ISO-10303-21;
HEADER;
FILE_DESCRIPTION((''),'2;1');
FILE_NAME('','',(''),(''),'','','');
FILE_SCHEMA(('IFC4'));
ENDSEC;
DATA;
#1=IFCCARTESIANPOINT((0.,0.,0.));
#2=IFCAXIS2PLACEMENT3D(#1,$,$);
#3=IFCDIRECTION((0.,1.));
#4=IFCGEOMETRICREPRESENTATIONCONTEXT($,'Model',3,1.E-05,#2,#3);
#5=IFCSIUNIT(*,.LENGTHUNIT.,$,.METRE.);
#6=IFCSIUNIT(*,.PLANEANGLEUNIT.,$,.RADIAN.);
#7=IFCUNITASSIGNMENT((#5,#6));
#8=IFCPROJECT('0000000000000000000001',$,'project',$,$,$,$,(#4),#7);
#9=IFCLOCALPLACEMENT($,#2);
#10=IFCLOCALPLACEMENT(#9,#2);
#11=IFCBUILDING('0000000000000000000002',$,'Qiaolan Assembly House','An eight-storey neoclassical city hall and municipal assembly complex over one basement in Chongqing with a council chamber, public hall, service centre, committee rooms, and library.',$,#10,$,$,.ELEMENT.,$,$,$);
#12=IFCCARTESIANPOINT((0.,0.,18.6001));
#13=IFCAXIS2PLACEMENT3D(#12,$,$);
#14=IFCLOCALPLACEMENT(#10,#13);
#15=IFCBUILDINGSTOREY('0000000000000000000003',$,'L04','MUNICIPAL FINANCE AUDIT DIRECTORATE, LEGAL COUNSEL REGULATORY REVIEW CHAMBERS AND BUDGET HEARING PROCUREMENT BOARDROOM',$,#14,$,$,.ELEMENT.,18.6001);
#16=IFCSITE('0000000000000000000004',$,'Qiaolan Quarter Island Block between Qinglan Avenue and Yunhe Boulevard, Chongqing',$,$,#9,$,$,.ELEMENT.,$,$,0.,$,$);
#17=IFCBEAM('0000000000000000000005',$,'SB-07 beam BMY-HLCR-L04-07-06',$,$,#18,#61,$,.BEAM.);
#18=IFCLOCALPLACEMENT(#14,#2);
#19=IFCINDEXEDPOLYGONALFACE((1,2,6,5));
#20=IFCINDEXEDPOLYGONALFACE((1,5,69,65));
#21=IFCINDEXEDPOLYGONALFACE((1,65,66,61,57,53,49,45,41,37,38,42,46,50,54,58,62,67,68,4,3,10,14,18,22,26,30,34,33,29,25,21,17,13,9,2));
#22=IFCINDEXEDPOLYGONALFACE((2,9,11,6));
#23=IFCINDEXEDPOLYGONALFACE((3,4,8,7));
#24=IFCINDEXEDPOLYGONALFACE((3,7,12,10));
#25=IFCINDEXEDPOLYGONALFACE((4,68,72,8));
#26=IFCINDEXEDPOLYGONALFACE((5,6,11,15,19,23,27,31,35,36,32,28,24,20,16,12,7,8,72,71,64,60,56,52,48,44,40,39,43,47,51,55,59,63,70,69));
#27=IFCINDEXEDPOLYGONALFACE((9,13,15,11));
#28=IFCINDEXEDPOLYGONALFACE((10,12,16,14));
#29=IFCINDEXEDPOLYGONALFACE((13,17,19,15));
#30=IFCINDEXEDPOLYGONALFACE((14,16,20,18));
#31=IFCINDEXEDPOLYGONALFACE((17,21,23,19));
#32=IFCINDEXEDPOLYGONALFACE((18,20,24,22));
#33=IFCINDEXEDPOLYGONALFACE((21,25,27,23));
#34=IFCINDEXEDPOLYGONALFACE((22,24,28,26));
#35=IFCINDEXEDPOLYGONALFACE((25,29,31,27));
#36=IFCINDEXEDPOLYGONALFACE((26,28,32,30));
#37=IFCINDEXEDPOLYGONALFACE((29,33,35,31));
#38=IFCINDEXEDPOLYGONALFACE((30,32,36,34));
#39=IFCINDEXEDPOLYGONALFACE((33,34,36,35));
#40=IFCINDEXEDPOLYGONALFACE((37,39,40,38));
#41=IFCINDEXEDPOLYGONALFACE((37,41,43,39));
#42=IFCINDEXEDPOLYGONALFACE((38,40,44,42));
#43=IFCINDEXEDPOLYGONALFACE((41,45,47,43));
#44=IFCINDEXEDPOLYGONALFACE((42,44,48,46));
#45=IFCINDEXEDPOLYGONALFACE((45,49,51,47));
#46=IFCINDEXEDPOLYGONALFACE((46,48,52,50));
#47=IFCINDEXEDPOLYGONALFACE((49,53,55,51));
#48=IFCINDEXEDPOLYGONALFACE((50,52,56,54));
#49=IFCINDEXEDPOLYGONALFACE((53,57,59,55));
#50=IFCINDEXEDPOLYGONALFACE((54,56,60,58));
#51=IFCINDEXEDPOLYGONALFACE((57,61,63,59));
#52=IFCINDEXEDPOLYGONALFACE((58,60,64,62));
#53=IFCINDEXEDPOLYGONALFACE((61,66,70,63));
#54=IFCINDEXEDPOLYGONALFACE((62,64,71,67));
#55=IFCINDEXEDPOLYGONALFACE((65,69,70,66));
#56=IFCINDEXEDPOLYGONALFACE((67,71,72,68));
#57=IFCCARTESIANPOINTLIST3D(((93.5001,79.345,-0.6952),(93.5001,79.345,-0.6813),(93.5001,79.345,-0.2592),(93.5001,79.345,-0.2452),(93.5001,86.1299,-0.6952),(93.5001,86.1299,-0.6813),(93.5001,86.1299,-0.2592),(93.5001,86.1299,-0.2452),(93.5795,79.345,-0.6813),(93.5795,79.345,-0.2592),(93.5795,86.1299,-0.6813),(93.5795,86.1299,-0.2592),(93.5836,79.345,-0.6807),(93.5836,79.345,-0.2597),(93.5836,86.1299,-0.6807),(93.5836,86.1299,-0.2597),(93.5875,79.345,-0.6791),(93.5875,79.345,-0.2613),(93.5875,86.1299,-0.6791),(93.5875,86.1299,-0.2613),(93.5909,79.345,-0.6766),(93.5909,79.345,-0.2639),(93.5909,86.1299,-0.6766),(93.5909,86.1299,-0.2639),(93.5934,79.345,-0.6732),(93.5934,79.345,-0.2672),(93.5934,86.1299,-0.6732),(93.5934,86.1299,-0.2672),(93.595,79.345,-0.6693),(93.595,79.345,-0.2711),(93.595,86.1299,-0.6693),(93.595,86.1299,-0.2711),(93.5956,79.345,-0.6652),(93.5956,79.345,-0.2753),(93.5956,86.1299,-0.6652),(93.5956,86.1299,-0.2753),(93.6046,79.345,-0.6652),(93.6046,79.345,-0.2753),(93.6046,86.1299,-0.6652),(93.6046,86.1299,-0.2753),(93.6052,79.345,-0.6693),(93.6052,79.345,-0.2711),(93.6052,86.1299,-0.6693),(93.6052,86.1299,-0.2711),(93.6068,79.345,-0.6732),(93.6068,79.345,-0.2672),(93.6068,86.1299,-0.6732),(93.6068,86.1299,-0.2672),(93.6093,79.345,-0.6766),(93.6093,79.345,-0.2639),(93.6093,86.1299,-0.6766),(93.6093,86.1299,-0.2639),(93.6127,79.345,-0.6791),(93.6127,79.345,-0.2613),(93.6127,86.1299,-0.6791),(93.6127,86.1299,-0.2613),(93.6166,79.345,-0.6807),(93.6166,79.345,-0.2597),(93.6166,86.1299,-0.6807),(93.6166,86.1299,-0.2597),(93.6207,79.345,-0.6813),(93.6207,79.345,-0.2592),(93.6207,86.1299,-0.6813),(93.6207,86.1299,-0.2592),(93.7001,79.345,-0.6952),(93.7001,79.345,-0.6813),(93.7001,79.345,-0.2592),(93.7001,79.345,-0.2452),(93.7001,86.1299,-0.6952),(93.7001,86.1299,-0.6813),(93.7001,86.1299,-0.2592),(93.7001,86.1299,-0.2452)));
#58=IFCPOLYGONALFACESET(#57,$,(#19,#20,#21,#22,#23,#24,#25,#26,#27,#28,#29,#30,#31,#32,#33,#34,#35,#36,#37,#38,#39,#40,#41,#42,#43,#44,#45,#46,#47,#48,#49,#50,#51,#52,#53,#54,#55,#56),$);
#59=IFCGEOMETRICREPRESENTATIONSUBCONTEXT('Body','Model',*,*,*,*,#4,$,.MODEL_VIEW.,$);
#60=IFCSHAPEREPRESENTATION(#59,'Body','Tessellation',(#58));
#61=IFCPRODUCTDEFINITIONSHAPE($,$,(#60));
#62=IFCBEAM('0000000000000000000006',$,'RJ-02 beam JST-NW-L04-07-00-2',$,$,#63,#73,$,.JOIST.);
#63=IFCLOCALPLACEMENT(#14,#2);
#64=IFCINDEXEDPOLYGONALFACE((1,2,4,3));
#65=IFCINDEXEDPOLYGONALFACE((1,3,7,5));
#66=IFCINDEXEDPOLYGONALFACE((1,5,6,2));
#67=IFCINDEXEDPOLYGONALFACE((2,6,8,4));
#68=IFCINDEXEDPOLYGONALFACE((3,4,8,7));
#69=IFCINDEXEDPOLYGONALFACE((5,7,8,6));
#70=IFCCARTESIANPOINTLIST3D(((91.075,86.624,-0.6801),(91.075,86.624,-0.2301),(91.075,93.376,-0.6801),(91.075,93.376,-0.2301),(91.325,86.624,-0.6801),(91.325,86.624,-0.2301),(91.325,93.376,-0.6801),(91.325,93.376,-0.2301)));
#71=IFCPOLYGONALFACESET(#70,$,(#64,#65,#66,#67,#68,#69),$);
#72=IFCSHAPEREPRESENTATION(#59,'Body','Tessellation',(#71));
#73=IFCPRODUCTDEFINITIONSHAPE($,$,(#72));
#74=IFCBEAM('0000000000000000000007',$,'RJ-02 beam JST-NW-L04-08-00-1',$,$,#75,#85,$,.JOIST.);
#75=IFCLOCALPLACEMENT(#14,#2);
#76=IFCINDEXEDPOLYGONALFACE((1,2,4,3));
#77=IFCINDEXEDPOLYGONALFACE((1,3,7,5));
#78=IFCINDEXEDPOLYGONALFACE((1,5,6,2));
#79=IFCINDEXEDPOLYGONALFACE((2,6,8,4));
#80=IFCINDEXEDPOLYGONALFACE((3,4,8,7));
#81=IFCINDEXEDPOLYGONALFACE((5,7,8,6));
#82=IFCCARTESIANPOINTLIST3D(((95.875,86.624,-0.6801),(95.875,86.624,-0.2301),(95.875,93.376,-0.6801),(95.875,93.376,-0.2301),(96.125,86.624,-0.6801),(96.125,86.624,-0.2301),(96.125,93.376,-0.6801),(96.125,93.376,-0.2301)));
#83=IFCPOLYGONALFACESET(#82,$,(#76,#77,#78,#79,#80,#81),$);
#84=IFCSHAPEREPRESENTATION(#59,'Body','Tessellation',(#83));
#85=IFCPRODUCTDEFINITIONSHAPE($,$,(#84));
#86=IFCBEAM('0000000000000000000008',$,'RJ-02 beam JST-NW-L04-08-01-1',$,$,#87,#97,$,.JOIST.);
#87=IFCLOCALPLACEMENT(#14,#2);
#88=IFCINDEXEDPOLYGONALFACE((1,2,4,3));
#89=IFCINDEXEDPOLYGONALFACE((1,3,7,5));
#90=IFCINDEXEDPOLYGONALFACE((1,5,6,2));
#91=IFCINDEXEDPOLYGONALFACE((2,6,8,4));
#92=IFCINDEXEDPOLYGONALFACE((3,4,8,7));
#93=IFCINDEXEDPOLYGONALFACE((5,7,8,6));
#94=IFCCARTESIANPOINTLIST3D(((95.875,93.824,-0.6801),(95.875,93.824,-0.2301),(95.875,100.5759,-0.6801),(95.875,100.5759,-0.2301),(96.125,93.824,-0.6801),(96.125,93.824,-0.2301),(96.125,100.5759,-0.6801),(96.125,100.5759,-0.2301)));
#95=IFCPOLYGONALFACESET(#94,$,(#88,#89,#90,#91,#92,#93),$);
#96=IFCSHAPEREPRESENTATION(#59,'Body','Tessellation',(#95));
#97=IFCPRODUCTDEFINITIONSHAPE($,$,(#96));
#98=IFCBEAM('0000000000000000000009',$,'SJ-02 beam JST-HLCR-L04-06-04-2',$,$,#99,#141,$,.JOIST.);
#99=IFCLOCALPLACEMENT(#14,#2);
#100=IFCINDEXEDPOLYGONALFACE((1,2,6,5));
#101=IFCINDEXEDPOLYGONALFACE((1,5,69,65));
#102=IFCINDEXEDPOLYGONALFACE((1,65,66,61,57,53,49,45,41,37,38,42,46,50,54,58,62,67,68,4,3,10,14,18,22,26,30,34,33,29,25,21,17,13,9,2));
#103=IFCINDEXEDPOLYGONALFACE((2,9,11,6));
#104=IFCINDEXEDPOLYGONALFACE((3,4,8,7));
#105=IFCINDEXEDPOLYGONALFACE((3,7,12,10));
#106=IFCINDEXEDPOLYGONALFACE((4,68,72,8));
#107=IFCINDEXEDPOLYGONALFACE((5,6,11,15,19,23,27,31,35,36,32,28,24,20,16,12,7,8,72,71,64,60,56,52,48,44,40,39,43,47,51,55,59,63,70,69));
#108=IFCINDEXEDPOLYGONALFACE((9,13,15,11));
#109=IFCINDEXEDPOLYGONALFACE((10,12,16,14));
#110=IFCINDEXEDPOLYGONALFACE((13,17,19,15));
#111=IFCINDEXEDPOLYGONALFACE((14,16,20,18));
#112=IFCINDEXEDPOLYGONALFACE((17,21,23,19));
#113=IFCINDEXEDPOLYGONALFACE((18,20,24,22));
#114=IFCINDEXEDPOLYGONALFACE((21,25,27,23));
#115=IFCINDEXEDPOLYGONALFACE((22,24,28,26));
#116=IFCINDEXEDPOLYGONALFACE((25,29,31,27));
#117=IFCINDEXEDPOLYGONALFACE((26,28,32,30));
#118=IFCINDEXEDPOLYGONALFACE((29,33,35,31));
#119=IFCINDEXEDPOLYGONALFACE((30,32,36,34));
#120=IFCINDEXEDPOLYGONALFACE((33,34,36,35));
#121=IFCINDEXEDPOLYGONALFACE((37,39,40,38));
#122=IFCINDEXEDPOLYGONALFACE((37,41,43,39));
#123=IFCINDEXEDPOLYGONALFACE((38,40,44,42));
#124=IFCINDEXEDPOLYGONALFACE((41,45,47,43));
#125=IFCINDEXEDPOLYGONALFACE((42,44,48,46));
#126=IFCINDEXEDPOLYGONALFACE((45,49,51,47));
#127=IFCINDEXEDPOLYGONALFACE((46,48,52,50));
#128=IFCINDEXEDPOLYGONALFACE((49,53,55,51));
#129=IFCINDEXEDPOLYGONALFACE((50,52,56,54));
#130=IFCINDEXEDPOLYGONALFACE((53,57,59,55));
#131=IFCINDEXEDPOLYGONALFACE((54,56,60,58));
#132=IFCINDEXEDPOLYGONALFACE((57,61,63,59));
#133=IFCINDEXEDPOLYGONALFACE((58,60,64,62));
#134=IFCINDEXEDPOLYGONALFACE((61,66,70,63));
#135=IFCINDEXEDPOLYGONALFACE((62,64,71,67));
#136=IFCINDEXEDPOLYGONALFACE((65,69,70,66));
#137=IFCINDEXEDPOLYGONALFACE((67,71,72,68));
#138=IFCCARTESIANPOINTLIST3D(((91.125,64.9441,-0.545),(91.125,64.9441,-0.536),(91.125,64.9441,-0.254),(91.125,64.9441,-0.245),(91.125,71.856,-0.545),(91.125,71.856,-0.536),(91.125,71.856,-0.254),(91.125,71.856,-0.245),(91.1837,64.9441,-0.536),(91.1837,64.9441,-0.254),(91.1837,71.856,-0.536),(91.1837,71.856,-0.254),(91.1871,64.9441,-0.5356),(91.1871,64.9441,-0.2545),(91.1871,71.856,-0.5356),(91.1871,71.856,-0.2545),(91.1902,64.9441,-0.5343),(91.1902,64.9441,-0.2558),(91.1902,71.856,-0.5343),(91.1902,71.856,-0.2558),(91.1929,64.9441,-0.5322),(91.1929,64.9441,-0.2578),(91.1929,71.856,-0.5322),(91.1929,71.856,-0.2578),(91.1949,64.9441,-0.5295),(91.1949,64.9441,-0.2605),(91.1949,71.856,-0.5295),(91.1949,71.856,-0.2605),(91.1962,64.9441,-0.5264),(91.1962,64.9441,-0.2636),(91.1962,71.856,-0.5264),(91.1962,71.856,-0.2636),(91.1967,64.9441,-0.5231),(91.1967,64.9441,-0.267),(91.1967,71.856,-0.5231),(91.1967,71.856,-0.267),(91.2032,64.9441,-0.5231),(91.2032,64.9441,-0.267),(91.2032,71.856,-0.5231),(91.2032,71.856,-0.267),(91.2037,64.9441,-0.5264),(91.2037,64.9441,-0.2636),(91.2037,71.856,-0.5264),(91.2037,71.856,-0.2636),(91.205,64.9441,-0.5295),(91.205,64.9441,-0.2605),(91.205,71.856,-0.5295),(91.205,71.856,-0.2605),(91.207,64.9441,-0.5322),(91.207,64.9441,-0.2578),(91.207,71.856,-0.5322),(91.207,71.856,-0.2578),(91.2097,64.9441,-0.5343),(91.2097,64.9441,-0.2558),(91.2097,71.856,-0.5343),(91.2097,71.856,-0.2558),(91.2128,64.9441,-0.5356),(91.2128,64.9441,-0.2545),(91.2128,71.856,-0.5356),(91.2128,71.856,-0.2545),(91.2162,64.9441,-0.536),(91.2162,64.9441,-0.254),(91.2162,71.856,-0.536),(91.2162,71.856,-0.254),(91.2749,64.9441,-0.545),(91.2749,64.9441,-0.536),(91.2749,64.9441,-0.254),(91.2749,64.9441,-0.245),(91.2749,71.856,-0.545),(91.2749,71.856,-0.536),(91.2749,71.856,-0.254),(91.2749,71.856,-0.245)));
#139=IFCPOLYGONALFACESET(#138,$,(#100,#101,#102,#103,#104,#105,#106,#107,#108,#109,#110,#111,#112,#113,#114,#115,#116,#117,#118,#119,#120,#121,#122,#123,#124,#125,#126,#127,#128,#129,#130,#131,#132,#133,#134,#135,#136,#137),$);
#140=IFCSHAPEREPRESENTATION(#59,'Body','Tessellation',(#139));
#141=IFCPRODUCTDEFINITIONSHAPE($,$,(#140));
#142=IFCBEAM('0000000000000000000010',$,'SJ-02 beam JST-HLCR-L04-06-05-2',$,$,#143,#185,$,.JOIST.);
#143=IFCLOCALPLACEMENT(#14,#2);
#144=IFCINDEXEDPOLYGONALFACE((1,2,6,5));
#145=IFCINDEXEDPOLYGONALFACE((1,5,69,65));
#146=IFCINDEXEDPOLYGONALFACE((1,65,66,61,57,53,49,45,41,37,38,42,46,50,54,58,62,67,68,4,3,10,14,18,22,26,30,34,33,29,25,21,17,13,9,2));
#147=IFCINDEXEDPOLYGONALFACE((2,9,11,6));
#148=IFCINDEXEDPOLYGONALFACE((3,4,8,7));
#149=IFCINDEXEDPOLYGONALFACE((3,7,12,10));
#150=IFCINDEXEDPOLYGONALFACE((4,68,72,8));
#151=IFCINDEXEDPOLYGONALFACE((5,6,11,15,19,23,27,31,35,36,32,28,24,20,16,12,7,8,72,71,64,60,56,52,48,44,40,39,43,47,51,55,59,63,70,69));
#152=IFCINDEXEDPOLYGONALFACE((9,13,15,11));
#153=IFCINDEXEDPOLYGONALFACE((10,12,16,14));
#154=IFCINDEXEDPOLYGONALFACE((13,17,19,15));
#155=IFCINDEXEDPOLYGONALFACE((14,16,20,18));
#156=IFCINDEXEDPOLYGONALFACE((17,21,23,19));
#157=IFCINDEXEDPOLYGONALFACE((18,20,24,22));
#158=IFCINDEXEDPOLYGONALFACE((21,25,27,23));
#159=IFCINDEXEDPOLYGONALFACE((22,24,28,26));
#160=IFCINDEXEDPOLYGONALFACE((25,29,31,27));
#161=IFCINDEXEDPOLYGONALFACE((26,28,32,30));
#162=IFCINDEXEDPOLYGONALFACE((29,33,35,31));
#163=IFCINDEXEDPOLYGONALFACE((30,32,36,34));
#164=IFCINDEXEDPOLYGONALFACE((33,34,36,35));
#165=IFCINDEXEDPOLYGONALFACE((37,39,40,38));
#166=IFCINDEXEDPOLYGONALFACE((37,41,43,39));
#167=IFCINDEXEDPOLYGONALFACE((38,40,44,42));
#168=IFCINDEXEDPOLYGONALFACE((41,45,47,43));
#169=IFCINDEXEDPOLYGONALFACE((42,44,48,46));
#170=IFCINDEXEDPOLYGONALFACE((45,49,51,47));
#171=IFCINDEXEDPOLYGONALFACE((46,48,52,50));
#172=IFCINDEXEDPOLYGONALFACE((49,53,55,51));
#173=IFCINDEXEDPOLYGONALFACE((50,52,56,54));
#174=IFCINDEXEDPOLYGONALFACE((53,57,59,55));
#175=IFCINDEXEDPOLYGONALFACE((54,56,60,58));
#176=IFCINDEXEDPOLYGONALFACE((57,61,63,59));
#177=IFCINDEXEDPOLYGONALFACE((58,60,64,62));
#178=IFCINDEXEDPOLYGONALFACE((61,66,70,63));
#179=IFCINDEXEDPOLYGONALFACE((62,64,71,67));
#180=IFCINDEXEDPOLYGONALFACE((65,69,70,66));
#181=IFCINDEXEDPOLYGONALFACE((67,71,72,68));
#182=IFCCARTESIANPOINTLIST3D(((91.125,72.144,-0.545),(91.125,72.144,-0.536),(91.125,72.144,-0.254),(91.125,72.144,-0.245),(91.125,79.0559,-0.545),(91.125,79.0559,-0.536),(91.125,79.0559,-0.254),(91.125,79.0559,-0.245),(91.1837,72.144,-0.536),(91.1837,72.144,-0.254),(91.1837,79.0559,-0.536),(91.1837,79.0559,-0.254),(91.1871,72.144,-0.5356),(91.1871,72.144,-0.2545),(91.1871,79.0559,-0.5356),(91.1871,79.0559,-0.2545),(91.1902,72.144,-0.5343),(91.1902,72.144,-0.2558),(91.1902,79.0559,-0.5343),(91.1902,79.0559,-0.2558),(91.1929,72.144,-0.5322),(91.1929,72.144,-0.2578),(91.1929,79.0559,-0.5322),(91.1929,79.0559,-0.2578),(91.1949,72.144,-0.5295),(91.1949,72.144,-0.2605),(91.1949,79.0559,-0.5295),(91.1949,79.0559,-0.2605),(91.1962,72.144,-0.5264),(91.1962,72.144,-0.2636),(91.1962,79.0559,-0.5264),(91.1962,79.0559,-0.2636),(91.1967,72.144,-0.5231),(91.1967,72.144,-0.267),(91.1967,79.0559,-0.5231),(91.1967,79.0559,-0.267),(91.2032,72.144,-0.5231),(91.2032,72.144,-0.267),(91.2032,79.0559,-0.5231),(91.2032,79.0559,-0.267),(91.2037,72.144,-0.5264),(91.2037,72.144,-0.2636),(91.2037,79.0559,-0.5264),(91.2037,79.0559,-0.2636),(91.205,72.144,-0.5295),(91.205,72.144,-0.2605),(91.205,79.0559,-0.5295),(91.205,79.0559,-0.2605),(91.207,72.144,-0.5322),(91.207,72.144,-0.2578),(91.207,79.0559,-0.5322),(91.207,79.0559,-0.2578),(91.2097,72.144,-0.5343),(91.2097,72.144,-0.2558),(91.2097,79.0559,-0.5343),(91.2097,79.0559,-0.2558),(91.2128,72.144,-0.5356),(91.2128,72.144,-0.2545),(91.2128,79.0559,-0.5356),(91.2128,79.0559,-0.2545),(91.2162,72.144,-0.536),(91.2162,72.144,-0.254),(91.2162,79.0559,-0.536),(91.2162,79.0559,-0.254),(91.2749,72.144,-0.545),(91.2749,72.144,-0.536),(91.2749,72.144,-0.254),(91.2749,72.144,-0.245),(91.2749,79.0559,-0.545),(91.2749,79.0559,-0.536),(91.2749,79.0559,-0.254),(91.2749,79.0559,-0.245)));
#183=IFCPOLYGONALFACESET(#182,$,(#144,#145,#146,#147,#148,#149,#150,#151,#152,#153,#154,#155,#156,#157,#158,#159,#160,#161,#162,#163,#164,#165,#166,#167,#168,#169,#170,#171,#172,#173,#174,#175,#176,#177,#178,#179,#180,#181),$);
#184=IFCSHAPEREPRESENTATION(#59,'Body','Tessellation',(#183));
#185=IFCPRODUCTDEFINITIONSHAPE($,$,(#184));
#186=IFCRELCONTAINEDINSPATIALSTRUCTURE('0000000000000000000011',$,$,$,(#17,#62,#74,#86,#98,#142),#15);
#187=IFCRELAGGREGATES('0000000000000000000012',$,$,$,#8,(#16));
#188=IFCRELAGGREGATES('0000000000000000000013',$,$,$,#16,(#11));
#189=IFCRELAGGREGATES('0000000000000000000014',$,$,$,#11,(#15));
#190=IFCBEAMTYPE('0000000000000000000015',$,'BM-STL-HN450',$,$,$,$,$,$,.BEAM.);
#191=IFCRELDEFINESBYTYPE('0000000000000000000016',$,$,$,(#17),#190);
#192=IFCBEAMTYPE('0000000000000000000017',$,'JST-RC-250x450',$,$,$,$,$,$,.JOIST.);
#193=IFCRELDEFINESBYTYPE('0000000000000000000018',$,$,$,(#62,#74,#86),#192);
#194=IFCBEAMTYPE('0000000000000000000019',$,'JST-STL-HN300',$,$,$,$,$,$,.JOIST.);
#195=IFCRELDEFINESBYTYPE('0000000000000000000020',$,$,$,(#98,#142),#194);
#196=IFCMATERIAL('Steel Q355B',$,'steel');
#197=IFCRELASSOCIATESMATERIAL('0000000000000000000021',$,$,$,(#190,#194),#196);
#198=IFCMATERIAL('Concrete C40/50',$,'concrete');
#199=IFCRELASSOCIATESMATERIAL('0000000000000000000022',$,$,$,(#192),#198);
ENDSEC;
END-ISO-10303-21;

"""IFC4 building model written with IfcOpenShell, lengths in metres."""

from ifc_helpers import new_model, si_unit, direction, frame, origin, origin_2d, place, context, subcontext, project, spatial, rectangle, i_section, extrude, material, material_profile, profile_set, type_object, element, save


model = new_model("IFC4")

# Units and contexts
model_context = context("Model", 3, precision=1e-05, world=origin(), true_north=direction((0.0, 1.0)))
body_context = subcontext(model_context, "Body", "Model", "MODEL_VIEW")
ifc_project = project(units=[si_unit("LENGTHUNIT", "METRE"), si_unit("PLANEANGLEUNIT", "RADIAN")], contexts=[model_context])

# Site, building, storey
site_placement = place(None, origin())
site = spatial("IfcSite", under=ifc_project, at=site_placement, Name="Qiaolan Quarter Island Block between Qinglan Avenue and Yunhe Boulevard, Chongqing", CompositionType="ELEMENT", RefElevation=0.0)
building_placement = place(site_placement, origin())
building = spatial("IfcBuilding", under=site, at=building_placement, Name="Qiaolan Assembly House", Description="An eight-storey neoclassical city hall and municipal assembly complex over one basement in Chongqing with a council chamber, public hall, service centre, committee rooms, and library.", CompositionType="ELEMENT")
storey_placement = place(building_placement, frame((0.0, 0.0, 18.6001)))
storey = spatial("IfcBuildingStorey", under=building, at=storey_placement, Name="L04", Description="MUNICIPAL FINANCE AUDIT DIRECTORATE, LEGAL COUNSEL REGULATORY REVIEW CHAMBERS AND BUDGET HEARING PROCUREMENT BOARDROOM", CompositionType="ELEMENT", Elevation=18.6001)

# Shared definitions
ifc_material_1 = material(Name="Concrete C40/50", Category="concrete")

# Beams
ifc_material_2 = material(Name="Steel Q355B", Category="steel")
ifc_material_profile_1 = material_profile(ifc_material_2, i_section(OverallWidth=0.2, OverallDepth=0.45, WebThickness=0.009, FlangeThickness=0.0139, FilletRadius=0.0161, at=origin_2d()), Name="HN 450x200x9x14")
ifc_profile_set_1 = profile_set([ifc_material_profile_1], Name="Steel Q355B")
beam_type_1 = type_object("IfcBeamType", Name="BM-STL-HN450", PredefinedType="BEAM", material=ifc_profile_set_1)
beam_1_placement = place(storey_placement, frame((93.6001, 79.345, -0.4702), z_axis=(0.0, 1.0, 0.0), x_axis=(-1.0, 0.0, 0.0)))
element("IfcBeam", 1, at=beam_1_placement, inside=storey, type_object=beam_type_1, Name="SB-07 beam BMY-HLCR-L04-07-06", PredefinedType="BEAM", context=body_context, shape_type="SweptSolid", body=[
    extrude(i_section(OverallWidth=0.2, OverallDepth=0.45, WebThickness=0.009, FlangeThickness=0.0139, FilletRadius=0.0161, at=origin_2d()), origin(), (0.0, 0.0, 1.0), 6.7849),
])
ifc_material_profile_2 = material_profile(ifc_material_1, rectangle(XDim=0.25, YDim=0.45, at=origin_2d()), Name="RCB 250x450")
ifc_profile_set_2 = profile_set([ifc_material_profile_2], Name="Concrete C40/50")
beam_type_2 = type_object("IfcBeamType", Name="JST-RC-250x450", PredefinedType="JOIST", material=ifc_profile_set_2)
for number, where, z_axis, x_axis, name in (
    (2, (91.2, 86.624, -0.4551), (0.0, 1.0, 0.0), (-1.0, 0.0, 0.0), "RJ-02 beam JST-NW-L04-07-00-2"),
    (3, (96.0, 86.624, -0.4551), (0.0, 1.0, 0.0), (-1.0, 0.0, 0.0), "RJ-02 beam JST-NW-L04-08-00-1"),
    (4, (96.0, 93.824, -0.4551), (0.0, 1.0, 0.0), (-1.0, 0.0, 0.0), "RJ-02 beam JST-NW-L04-08-01-1"),
):
    element("IfcBeam", number, at=place(storey_placement, frame(where, z_axis=z_axis, x_axis=x_axis)), inside=storey, type_object=beam_type_2, Name=name, PredefinedType="JOIST", context=body_context, shape_type="SweptSolid", body=[
        extrude(rectangle(XDim=0.25, YDim=0.45, at=origin_2d()), origin(), (0.0, 0.0, 1.0), 6.752),
    ])
ifc_material_profile_3 = material_profile(ifc_material_2, i_section(OverallWidth=0.1499, OverallDepth=0.3, WebThickness=0.0066, FlangeThickness=0.009, FilletRadius=0.0129, at=origin_2d()), Name="HN 300x150x6.5x9")
ifc_profile_set_3 = profile_set([ifc_material_profile_3], Name="Steel Q355B")
beam_type_3 = type_object("IfcBeamType", Name="JST-STL-HN300", PredefinedType="JOIST", material=ifc_profile_set_3)
for number, where, z_axis, x_axis, name in (
    (5, (91.2, 64.9441, -0.395), (0.0, 1.0, 0.0), (-1.0, 0.0, 0.0), "SJ-02 beam JST-HLCR-L04-06-04-2"),
    (6, (91.2, 72.144, -0.395), (0.0, 1.0, 0.0), (-1.0, 0.0, 0.0), "SJ-02 beam JST-HLCR-L04-06-05-2"),
):
    element("IfcBeam", number, at=place(storey_placement, frame(where, z_axis=z_axis, x_axis=x_axis)), inside=storey, type_object=beam_type_3, Name=name, PredefinedType="JOIST", context=body_context, shape_type="SweptSolid", body=[
        extrude(i_section(OverallWidth=0.1499, OverallDepth=0.3, WebThickness=0.0066, FlangeThickness=0.009, FilletRadius=0.0129, at=origin_2d()), origin(), (0.0, 0.0, 1.0), 6.9119),
    ])

save(model, "model.ifc")
